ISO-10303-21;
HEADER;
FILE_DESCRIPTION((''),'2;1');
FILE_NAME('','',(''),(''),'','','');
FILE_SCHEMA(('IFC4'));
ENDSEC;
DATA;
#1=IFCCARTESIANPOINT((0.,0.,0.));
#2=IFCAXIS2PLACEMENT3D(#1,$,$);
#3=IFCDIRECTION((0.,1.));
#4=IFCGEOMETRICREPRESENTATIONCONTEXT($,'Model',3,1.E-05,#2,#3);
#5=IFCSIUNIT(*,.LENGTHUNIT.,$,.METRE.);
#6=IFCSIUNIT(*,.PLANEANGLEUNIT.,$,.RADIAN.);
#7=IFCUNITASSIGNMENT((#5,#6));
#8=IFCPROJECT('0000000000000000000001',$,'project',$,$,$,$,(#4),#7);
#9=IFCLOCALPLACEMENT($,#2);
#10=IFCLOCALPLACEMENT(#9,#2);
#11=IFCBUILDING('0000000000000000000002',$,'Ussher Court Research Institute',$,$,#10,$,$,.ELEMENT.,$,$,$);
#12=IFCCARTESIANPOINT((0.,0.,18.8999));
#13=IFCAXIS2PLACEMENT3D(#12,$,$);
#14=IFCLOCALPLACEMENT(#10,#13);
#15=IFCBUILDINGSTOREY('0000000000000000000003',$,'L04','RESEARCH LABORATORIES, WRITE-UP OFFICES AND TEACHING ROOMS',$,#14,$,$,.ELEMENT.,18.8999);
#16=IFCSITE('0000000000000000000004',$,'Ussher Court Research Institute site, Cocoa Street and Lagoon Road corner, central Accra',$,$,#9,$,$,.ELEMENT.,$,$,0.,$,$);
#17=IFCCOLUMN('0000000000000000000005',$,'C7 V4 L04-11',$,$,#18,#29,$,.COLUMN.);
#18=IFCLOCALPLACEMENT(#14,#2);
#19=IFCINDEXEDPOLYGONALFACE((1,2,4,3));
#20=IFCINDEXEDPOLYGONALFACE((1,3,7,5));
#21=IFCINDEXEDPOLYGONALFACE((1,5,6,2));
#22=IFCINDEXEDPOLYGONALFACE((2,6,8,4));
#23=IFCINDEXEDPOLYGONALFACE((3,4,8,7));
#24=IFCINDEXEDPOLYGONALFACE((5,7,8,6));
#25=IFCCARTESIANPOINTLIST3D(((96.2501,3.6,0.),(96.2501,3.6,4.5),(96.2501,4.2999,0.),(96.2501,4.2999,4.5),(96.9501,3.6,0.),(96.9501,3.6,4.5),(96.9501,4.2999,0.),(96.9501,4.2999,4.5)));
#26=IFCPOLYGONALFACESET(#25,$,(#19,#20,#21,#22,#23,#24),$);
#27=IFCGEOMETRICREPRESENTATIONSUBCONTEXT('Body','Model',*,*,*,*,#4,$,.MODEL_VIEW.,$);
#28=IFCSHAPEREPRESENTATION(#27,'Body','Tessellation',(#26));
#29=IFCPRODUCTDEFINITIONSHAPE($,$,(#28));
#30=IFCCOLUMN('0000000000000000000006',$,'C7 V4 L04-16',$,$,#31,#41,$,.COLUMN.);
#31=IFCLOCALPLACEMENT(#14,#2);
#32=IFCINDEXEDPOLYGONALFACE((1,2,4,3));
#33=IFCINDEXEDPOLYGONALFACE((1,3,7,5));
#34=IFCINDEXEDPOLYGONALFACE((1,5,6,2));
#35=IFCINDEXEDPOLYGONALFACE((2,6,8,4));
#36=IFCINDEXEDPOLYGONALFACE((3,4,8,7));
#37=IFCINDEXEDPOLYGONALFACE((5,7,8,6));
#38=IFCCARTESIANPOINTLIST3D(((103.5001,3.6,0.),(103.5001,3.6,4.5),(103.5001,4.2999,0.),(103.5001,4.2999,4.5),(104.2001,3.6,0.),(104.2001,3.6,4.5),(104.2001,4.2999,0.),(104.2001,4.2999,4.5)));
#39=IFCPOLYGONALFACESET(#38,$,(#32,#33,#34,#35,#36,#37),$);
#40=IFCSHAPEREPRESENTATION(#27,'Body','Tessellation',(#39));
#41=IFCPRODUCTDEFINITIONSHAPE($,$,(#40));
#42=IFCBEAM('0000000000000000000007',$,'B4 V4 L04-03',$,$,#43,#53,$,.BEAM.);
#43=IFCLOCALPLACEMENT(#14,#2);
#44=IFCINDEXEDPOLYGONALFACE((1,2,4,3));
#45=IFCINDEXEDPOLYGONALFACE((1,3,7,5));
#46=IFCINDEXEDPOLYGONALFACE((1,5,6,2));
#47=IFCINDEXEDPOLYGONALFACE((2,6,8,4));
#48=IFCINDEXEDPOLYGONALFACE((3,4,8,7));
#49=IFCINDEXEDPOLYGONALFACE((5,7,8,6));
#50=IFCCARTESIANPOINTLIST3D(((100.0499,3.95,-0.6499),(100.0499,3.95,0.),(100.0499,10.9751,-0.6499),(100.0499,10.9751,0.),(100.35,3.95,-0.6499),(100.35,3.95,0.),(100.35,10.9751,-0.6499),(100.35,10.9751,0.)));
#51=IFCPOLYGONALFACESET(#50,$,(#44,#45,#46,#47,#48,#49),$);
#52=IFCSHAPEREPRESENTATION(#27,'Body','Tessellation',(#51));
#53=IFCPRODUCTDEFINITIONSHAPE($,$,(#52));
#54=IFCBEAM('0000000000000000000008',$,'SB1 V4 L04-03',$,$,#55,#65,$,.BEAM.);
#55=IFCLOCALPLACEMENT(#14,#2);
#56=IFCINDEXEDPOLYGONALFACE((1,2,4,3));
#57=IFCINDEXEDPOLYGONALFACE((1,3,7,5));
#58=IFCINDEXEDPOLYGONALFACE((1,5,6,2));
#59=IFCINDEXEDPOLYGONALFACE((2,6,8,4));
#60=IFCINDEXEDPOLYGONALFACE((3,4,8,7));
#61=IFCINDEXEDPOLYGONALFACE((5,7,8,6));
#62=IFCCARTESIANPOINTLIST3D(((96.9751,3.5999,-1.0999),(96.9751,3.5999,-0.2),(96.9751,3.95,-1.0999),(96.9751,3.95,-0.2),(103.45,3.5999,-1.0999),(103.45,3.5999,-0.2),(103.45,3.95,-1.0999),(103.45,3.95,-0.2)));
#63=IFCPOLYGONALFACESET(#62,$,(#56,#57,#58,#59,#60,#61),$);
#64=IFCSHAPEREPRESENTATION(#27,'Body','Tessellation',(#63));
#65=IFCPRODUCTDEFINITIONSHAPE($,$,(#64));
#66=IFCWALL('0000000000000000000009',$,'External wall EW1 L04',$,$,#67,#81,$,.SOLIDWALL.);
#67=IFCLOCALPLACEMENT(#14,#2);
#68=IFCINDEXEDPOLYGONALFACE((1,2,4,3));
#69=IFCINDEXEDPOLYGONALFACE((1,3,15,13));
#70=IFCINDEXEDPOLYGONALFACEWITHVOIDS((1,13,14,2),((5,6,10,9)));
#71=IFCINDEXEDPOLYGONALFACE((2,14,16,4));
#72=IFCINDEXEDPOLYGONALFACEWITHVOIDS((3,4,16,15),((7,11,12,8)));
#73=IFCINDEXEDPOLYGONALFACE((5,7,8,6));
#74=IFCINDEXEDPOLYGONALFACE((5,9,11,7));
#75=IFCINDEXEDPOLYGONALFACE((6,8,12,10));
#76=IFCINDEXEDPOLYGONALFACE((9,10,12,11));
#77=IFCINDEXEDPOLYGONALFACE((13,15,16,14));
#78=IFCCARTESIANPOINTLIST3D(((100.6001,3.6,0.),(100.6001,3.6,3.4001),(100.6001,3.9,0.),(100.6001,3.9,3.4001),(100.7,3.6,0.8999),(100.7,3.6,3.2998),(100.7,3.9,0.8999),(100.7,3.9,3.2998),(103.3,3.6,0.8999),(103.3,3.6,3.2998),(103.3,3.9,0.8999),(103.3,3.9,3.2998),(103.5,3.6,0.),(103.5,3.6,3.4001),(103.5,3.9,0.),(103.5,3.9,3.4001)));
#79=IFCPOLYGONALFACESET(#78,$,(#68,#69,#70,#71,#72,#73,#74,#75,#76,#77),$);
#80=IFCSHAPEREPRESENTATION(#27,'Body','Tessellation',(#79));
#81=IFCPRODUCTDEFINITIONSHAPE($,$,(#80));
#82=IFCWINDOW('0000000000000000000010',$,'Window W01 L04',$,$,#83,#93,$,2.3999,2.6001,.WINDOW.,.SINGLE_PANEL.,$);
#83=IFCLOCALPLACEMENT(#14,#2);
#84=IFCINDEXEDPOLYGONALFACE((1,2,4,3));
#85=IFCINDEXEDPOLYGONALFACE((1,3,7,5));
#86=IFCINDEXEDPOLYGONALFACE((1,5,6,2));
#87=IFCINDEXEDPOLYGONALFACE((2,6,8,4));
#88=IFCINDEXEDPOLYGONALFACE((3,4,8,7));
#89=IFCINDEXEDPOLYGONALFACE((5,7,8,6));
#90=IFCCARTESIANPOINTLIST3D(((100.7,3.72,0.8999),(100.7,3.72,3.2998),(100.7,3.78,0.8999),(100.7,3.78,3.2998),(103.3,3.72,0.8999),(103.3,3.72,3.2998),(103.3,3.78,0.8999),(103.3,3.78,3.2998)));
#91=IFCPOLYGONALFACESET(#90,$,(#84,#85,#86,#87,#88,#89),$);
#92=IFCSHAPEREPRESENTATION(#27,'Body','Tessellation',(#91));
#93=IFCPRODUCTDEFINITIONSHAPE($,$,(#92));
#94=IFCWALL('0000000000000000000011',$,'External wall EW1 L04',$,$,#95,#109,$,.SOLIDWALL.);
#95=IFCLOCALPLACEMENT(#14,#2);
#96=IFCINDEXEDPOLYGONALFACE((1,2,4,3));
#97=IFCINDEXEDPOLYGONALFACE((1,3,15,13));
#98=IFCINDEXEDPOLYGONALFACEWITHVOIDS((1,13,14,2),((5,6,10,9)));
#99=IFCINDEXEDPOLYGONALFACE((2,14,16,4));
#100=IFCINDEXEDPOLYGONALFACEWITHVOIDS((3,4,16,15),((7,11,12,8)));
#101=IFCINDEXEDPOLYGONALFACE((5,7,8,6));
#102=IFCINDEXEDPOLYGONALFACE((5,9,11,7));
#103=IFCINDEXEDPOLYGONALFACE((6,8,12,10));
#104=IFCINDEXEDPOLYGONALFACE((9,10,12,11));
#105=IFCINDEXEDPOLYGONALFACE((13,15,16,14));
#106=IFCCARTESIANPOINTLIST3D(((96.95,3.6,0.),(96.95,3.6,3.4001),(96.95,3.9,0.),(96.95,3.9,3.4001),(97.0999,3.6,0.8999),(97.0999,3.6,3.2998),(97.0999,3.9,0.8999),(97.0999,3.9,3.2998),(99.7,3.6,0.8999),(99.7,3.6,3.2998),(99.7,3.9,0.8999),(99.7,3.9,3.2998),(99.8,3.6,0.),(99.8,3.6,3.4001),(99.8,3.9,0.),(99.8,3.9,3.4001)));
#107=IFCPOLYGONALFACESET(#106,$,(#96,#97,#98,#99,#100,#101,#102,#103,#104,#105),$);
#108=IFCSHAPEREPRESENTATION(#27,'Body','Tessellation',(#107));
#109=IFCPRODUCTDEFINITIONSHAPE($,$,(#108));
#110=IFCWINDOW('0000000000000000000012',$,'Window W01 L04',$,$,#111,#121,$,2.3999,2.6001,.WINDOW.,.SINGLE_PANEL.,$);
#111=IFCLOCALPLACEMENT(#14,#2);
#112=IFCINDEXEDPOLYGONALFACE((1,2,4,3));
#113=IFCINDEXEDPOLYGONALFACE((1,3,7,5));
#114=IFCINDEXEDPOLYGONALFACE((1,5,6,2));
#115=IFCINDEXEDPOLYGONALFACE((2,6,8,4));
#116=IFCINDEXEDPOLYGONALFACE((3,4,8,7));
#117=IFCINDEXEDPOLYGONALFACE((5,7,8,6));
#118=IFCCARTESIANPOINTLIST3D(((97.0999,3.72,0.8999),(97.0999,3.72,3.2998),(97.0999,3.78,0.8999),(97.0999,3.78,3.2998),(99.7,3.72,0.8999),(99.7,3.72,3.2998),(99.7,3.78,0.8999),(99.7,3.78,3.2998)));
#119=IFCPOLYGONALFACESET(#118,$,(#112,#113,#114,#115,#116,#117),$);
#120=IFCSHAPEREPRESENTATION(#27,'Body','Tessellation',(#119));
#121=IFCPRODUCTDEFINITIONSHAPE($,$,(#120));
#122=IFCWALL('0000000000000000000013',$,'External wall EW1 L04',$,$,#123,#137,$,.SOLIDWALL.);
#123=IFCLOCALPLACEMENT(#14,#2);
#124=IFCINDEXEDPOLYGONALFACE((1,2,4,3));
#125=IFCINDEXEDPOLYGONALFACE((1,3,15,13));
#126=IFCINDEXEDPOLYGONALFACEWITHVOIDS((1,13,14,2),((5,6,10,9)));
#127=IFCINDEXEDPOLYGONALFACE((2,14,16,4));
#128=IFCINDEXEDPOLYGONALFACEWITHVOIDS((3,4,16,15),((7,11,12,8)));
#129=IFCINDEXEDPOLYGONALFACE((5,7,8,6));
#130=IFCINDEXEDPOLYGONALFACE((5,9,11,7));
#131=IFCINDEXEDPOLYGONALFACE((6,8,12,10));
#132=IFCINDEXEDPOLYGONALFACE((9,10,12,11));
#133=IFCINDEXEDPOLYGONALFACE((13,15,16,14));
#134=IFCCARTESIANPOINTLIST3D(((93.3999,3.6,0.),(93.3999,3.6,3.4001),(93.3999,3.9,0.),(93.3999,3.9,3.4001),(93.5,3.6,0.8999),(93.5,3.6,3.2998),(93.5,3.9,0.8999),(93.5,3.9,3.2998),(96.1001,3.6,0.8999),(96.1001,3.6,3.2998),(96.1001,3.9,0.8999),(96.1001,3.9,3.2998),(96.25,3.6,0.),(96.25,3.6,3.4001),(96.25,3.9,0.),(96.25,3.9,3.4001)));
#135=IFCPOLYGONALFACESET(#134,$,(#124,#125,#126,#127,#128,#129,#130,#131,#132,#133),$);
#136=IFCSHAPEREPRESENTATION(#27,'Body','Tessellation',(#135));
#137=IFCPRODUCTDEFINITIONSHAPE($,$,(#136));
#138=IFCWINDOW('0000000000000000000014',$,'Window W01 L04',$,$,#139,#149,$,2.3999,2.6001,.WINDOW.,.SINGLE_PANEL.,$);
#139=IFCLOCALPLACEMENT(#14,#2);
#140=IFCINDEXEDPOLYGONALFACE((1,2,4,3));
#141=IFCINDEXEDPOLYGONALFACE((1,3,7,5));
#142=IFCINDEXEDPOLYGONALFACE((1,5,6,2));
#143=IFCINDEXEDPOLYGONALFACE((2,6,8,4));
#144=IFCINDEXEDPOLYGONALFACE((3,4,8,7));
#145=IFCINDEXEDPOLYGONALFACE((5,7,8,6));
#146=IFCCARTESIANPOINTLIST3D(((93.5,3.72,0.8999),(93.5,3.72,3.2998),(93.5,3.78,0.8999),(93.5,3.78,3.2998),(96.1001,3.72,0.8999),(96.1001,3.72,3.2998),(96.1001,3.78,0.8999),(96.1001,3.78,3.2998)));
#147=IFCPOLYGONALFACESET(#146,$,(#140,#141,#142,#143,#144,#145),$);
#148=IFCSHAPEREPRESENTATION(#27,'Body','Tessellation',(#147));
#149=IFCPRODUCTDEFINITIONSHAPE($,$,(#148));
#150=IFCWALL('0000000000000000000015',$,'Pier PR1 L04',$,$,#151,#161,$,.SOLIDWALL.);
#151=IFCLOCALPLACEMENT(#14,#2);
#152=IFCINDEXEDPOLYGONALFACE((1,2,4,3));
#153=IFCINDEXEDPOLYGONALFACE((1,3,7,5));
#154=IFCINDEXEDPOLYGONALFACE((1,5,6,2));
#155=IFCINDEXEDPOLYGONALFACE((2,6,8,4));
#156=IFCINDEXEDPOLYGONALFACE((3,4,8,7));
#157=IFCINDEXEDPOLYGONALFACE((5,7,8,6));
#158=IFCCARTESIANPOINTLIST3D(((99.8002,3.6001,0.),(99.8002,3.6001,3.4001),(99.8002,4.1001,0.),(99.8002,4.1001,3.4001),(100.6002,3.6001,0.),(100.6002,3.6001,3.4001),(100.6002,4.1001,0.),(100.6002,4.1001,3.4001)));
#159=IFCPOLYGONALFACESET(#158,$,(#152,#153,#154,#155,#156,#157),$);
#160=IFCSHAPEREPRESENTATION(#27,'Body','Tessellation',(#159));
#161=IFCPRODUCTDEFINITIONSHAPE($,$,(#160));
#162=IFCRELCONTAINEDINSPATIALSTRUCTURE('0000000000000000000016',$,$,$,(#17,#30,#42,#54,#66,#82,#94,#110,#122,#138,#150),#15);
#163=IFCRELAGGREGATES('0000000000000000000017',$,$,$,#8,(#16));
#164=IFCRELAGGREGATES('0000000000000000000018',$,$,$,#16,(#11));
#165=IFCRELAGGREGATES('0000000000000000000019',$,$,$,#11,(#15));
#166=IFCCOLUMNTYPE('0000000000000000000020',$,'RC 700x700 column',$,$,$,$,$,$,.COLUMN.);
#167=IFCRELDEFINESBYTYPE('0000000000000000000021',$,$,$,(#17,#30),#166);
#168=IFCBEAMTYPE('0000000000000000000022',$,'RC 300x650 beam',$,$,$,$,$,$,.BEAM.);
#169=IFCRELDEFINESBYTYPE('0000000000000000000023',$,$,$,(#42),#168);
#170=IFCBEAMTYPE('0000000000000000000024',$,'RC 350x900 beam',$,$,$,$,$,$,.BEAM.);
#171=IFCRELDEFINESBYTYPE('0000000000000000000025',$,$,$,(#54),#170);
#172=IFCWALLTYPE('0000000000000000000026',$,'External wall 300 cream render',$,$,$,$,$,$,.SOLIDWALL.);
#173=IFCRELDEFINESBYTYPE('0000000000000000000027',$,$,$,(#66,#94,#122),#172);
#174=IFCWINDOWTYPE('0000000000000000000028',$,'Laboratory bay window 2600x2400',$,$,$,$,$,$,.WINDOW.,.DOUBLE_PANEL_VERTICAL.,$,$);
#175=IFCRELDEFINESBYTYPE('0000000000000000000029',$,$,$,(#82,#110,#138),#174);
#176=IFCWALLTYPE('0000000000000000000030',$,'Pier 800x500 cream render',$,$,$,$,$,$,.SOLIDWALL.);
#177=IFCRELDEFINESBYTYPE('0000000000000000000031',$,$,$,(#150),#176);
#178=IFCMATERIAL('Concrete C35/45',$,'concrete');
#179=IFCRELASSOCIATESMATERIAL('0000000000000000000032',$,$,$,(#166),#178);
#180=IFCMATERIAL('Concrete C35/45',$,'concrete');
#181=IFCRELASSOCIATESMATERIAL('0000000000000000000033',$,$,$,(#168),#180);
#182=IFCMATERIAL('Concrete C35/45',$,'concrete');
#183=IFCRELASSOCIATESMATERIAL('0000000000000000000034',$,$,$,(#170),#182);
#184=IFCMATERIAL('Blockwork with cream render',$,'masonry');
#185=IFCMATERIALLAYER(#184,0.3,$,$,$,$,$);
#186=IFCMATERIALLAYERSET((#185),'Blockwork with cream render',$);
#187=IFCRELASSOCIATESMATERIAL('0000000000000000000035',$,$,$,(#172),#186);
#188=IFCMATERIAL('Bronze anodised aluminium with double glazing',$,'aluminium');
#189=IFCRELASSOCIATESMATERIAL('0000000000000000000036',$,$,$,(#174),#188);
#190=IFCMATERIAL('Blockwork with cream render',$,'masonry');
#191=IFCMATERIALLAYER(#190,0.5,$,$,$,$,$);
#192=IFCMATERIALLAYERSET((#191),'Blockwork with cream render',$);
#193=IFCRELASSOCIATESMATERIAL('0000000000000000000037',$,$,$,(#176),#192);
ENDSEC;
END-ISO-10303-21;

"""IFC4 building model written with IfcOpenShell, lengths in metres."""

from ifc_helpers import new_model, si_unit, direction, frame, frame_2d, origin, origin_2d, place, context, subcontext, project, spatial, rectangle, extrude, material, layer, layer_set, material_profile, profile_set, type_object, element, fill, save


model = new_model("IFC4")

# Units and contexts
model_context = context("Model", 3, precision=1e-05, world=origin(), true_north=direction((0.0, 1.0)))
body_context = subcontext(model_context, "Body", "Model", "MODEL_VIEW")
ifc_project = project(units=[si_unit("LENGTHUNIT", "METRE"), si_unit("PLANEANGLEUNIT", "RADIAN")], contexts=[model_context])

# Site, building, storey
site_placement = place(None, origin())
site = spatial("IfcSite", under=ifc_project, at=site_placement, Name="Ussher Court Research Institute site, Cocoa Street and Lagoon Road corner, central Accra", CompositionType="ELEMENT", RefElevation=0.0)
building_placement = place(site_placement, origin())
building = spatial("IfcBuilding", under=site, at=building_placement, Name="Ussher Court Research Institute", CompositionType="ELEMENT")
storey_placement = place(building_placement, frame((0.0, 0.0, 18.8999)))
storey = spatial("IfcBuildingStorey", under=building, at=storey_placement, Name="L04", Description="RESEARCH LABORATORIES, WRITE-UP OFFICES AND TEACHING ROOMS", CompositionType="ELEMENT", Elevation=18.8999)

# Columns
ifc_material_1 = material(Name="Concrete C35/45", Category="concrete")
ifc_material_profile_1 = material_profile(ifc_material_1, rectangle(XDim=0.7, YDim=0.7, at=origin_2d()), Name="RC 700x700")
ifc_profile_set_1 = profile_set([ifc_material_profile_1], Name="Concrete C35/45")
column_type = type_object("IfcColumnType", Name="RC 700x700 column", PredefinedType="COLUMN", material=ifc_profile_set_1)
for number, where, z_axis, x_axis, name in (
    (1, (96.6001, 3.95, 0.0), (0.0, 0.0, 1.0), (1.0, 0.0, 0.0), "C7 V4 L04-11"),
    (2, (103.8501, 3.95, 0.0), (0.0, 0.0, 1.0), (1.0, 0.0, 0.0), "C7 V4 L04-16"),
):
    element("IfcColumn", number, at=place(storey_placement, frame(where, z_axis=z_axis, x_axis=x_axis)), inside=storey, type_object=column_type, Name=name, PredefinedType="COLUMN", context=body_context, shape_type="SweptSolid", body=[
        extrude(rectangle(XDim=0.7, YDim=0.7, at=origin_2d()), origin(), (0.0, 0.0, 1.0), 4.5),
    ])

# Beams
ifc_material_2 = material(Name="Concrete C35/45", Category="concrete")
ifc_material_profile_2 = material_profile(ifc_material_2, rectangle(XDim=0.3, YDim=0.6499, at=origin_2d()), Name="RC 300x650")
ifc_profile_set_2 = profile_set([ifc_material_profile_2], Name="Concrete C35/45")
beam_type_1 = type_object("IfcBeamType", Name="RC 300x650 beam", PredefinedType="BEAM", material=ifc_profile_set_2)
beam_1_placement = place(storey_placement, frame((100.2, 3.95, -0.325), z_axis=(0.0, 1.0, 0.0), x_axis=(-1.0, 0.0, 0.0)))
element("IfcBeam", 3, at=beam_1_placement, inside=storey, type_object=beam_type_1, Name="B4 V4 L04-03", PredefinedType="BEAM", context=body_context, shape_type="SweptSolid", body=[
    extrude(rectangle(XDim=0.3, YDim=0.6499, at=origin_2d()), origin(), (0.0, 0.0, 1.0), 7.0251),
])
ifc_material_3 = material(Name="Concrete C35/45", Category="concrete")
ifc_material_profile_3 = material_profile(ifc_material_3, rectangle(XDim=0.3501, YDim=0.8999, at=origin_2d()), Name="RC 350x900")
ifc_profile_set_3 = profile_set([ifc_material_profile_3], Name="Concrete C35/45")
beam_type_2 = type_object("IfcBeamType", Name="RC 350x900 beam", PredefinedType="BEAM", material=ifc_profile_set_3)
beam_2_placement = place(storey_placement, frame((96.9751, 3.7749, -0.6499), z_axis=(1.0, 0.0, 0.0), x_axis=(0.0, 1.0, 0.0)))
element("IfcBeam", 4, at=beam_2_placement, inside=storey, type_object=beam_type_2, Name="SB1 V4 L04-03", PredefinedType="BEAM", context=body_context, shape_type="SweptSolid", body=[
    extrude(rectangle(XDim=0.3501, YDim=0.8999, at=origin_2d()), origin(), (0.0, 0.0, 1.0), 6.4749),
])

# Walls, openings, windows
ifc_material_4 = material(Name="Blockwork with cream render", Category="masonry")
ifc_layer_1 = layer(ifc_material_4, 0.3)
ifc_layer_set_1 = layer_set([ifc_layer_1], Name="Blockwork with cream render")
wall_type_1 = type_object("IfcWallType", Name="External wall 300 cream render", PredefinedType="SOLIDWALL", material=ifc_layer_set_1)
wall_1_placement = place(storey_placement, frame((103.5, 3.75, 0.0), z_axis=(0.0, 0.0, 1.0), x_axis=(-1.0, 0.0, 0.0)))
wall_1 = element("IfcWall", 5, at=wall_1_placement, inside=storey, type_object=wall_type_1, Name="External wall EW1 L04", PredefinedType="SOLIDWALL", context=body_context, shape_type="SweptSolid", body=[
    extrude(rectangle(XDim=2.8999, YDim=0.3, at=frame_2d((1.45, 0.0))), origin(), (0.0, 0.0, 1.0), 3.4001),
])
opening_1_placement = place(wall_1_placement, frame((0.2, 0.0, 0.8999)))
opening_1 = element("IfcOpeningElement", 6, at=opening_1_placement, cuts=wall_1, PredefinedType="OPENING", context=body_context, shape_type="SweptSolid", body=[
    extrude(rectangle(XDim=2.6001, YDim=2.3999, at=frame_2d((1.3, 1.2))), frame((0.0, 0.1602, 0.0), z_axis=(0.0, -1.0, 0.0), x_axis=(1.0, 0.0, 0.0)), (0.0, 0.0, 1.0), 0.3201),
])
ifc_material_5 = material(Name="Bronze anodised aluminium with double glazing", Category="aluminium")
window_type = type_object("IfcWindowType", Name="Laboratory bay window 2600x2400", PartitioningType="DOUBLE_PANEL_VERTICAL", PredefinedType="WINDOW", material=ifc_material_5)
window_1_placement = place(opening_1_placement, origin())
window_1 = element("IfcWindow", 7, at=window_1_placement, inside=storey, type_object=window_type, Name="Window W01 L04", OverallHeight=2.3999, OverallWidth=2.6001, PartitioningType="SINGLE_PANEL", PredefinedType="WINDOW", context=body_context, shape_type="SweptSolid", body=[
    extrude(rectangle(XDim=2.6001, YDim=2.3999, at=frame_2d((1.3, 1.2))), frame((0.0, 0.03, 0.0), z_axis=(0.0, -1.0, 0.0), x_axis=(1.0, 0.0, 0.0)), (0.0, 0.0, 1.0), 0.0601),
])
fill(opening_1, window_1)
wall_2_placement = place(storey_placement, frame((99.8, 3.75, 0.0), z_axis=(0.0, 0.0, 1.0), x_axis=(-1.0, 0.0, 0.0)))
wall_2 = element("IfcWall", 8, at=wall_2_placement, inside=storey, type_object=wall_type_1, Name="External wall EW1 L04", PredefinedType="SOLIDWALL", context=body_context, shape_type="SweptSolid", body=[
    extrude(rectangle(XDim=2.8501, YDim=0.3, at=frame_2d((1.425, 0.0))), origin(), (0.0, 0.0, 1.0), 3.4001),
])
opening_2_placement = place(wall_2_placement, frame((0.1001, 0.0, 0.8999)))
opening_2 = element("IfcOpeningElement", 9, at=opening_2_placement, cuts=wall_2, PredefinedType="OPENING", context=body_context, shape_type="SweptSolid", body=[
    extrude(rectangle(XDim=2.6001, YDim=2.3999, at=frame_2d((1.3, 1.2))), frame((0.0, 0.1602, 0.0), z_axis=(0.0, -1.0, 0.0), x_axis=(1.0, 0.0, 0.0)), (0.0, 0.0, 1.0), 0.3201),
])
window_2_placement = place(opening_2_placement, origin())
window_2 = element("IfcWindow", 10, at=window_2_placement, inside=storey, type_object=window_type, Name="Window W01 L04", OverallHeight=2.3999, OverallWidth=2.6001, PartitioningType="SINGLE_PANEL", PredefinedType="WINDOW", context=body_context, shape_type="SweptSolid", body=[
    extrude(rectangle(XDim=2.6001, YDim=2.3999, at=frame_2d((1.3, 1.2))), frame((0.0, 0.03, 0.0), z_axis=(0.0, -1.0, 0.0), x_axis=(1.0, 0.0, 0.0)), (0.0, 0.0, 1.0), 0.0601),
])
fill(opening_2, window_2)
wall_3_placement = place(storey_placement, frame((96.25, 3.75, 0.0), z_axis=(0.0, 0.0, 1.0), x_axis=(-1.0, 0.0, 0.0)))
wall_3 = element("IfcWall", 11, at=wall_3_placement, inside=storey, type_object=wall_type_1, Name="External wall EW1 L04", PredefinedType="SOLIDWALL", context=body_context, shape_type="SweptSolid", body=[
    extrude(rectangle(XDim=2.8501, YDim=0.3, at=frame_2d((1.425, 0.0))), origin(), (0.0, 0.0, 1.0), 3.4001),
])
opening_3_placement = place(wall_3_placement, frame((0.1499, 0.0, 0.8999)))
opening_3 = element("IfcOpeningElement", 12, at=opening_3_placement, cuts=wall_3, PredefinedType="OPENING", context=body_context, shape_type="SweptSolid", body=[
    extrude(rectangle(XDim=2.6001, YDim=2.3999, at=frame_2d((1.3, 1.2))), frame((0.0, 0.1602, 0.0), z_axis=(0.0, -1.0, 0.0), x_axis=(1.0, 0.0, 0.0)), (0.0, 0.0, 1.0), 0.3201),
])
window_3_placement = place(opening_3_placement, origin())
window_3 = element("IfcWindow", 13, at=window_3_placement, inside=storey, type_object=window_type, Name="Window W01 L04", OverallHeight=2.3999, OverallWidth=2.6001, PartitioningType="SINGLE_PANEL", PredefinedType="WINDOW", context=body_context, shape_type="SweptSolid", body=[
    extrude(rectangle(XDim=2.6001, YDim=2.3999, at=frame_2d((1.3, 1.2))), frame((0.0, 0.03, 0.0), z_axis=(0.0, -1.0, 0.0), x_axis=(1.0, 0.0, 0.0)), (0.0, 0.0, 1.0), 0.0601),
])
fill(opening_3, window_3)

# Wall
ifc_material_6 = material(Name="Blockwork with cream render", Category="masonry")
ifc_layer_2 = layer(ifc_material_6, 0.5)
ifc_layer_set_2 = layer_set([ifc_layer_2], Name="Blockwork with cream render")
wall_type_2 = type_object("IfcWallType", Name="Pier 800x500 cream render", PredefinedType="SOLIDWALL", material=ifc_layer_set_2)
wall_4_placement = place(storey_placement, frame((100.6001, 3.8501, 0.0), z_axis=(0.0, 0.0, 1.0), x_axis=(-1.0, 0.0, 0.0)))
element("IfcWall", 14, at=wall_4_placement, inside=storey, type_object=wall_type_2, Name="Pier PR1 L04", PredefinedType="SOLIDWALL", context=body_context, shape_type="SweptSolid", body=[
    extrude(rectangle(XDim=0.8, YDim=0.5, at=frame_2d((0.3999, 0.0))), origin(), (0.0, 0.0, 1.0), 3.4001),
])

save(model, "model.ifc")
